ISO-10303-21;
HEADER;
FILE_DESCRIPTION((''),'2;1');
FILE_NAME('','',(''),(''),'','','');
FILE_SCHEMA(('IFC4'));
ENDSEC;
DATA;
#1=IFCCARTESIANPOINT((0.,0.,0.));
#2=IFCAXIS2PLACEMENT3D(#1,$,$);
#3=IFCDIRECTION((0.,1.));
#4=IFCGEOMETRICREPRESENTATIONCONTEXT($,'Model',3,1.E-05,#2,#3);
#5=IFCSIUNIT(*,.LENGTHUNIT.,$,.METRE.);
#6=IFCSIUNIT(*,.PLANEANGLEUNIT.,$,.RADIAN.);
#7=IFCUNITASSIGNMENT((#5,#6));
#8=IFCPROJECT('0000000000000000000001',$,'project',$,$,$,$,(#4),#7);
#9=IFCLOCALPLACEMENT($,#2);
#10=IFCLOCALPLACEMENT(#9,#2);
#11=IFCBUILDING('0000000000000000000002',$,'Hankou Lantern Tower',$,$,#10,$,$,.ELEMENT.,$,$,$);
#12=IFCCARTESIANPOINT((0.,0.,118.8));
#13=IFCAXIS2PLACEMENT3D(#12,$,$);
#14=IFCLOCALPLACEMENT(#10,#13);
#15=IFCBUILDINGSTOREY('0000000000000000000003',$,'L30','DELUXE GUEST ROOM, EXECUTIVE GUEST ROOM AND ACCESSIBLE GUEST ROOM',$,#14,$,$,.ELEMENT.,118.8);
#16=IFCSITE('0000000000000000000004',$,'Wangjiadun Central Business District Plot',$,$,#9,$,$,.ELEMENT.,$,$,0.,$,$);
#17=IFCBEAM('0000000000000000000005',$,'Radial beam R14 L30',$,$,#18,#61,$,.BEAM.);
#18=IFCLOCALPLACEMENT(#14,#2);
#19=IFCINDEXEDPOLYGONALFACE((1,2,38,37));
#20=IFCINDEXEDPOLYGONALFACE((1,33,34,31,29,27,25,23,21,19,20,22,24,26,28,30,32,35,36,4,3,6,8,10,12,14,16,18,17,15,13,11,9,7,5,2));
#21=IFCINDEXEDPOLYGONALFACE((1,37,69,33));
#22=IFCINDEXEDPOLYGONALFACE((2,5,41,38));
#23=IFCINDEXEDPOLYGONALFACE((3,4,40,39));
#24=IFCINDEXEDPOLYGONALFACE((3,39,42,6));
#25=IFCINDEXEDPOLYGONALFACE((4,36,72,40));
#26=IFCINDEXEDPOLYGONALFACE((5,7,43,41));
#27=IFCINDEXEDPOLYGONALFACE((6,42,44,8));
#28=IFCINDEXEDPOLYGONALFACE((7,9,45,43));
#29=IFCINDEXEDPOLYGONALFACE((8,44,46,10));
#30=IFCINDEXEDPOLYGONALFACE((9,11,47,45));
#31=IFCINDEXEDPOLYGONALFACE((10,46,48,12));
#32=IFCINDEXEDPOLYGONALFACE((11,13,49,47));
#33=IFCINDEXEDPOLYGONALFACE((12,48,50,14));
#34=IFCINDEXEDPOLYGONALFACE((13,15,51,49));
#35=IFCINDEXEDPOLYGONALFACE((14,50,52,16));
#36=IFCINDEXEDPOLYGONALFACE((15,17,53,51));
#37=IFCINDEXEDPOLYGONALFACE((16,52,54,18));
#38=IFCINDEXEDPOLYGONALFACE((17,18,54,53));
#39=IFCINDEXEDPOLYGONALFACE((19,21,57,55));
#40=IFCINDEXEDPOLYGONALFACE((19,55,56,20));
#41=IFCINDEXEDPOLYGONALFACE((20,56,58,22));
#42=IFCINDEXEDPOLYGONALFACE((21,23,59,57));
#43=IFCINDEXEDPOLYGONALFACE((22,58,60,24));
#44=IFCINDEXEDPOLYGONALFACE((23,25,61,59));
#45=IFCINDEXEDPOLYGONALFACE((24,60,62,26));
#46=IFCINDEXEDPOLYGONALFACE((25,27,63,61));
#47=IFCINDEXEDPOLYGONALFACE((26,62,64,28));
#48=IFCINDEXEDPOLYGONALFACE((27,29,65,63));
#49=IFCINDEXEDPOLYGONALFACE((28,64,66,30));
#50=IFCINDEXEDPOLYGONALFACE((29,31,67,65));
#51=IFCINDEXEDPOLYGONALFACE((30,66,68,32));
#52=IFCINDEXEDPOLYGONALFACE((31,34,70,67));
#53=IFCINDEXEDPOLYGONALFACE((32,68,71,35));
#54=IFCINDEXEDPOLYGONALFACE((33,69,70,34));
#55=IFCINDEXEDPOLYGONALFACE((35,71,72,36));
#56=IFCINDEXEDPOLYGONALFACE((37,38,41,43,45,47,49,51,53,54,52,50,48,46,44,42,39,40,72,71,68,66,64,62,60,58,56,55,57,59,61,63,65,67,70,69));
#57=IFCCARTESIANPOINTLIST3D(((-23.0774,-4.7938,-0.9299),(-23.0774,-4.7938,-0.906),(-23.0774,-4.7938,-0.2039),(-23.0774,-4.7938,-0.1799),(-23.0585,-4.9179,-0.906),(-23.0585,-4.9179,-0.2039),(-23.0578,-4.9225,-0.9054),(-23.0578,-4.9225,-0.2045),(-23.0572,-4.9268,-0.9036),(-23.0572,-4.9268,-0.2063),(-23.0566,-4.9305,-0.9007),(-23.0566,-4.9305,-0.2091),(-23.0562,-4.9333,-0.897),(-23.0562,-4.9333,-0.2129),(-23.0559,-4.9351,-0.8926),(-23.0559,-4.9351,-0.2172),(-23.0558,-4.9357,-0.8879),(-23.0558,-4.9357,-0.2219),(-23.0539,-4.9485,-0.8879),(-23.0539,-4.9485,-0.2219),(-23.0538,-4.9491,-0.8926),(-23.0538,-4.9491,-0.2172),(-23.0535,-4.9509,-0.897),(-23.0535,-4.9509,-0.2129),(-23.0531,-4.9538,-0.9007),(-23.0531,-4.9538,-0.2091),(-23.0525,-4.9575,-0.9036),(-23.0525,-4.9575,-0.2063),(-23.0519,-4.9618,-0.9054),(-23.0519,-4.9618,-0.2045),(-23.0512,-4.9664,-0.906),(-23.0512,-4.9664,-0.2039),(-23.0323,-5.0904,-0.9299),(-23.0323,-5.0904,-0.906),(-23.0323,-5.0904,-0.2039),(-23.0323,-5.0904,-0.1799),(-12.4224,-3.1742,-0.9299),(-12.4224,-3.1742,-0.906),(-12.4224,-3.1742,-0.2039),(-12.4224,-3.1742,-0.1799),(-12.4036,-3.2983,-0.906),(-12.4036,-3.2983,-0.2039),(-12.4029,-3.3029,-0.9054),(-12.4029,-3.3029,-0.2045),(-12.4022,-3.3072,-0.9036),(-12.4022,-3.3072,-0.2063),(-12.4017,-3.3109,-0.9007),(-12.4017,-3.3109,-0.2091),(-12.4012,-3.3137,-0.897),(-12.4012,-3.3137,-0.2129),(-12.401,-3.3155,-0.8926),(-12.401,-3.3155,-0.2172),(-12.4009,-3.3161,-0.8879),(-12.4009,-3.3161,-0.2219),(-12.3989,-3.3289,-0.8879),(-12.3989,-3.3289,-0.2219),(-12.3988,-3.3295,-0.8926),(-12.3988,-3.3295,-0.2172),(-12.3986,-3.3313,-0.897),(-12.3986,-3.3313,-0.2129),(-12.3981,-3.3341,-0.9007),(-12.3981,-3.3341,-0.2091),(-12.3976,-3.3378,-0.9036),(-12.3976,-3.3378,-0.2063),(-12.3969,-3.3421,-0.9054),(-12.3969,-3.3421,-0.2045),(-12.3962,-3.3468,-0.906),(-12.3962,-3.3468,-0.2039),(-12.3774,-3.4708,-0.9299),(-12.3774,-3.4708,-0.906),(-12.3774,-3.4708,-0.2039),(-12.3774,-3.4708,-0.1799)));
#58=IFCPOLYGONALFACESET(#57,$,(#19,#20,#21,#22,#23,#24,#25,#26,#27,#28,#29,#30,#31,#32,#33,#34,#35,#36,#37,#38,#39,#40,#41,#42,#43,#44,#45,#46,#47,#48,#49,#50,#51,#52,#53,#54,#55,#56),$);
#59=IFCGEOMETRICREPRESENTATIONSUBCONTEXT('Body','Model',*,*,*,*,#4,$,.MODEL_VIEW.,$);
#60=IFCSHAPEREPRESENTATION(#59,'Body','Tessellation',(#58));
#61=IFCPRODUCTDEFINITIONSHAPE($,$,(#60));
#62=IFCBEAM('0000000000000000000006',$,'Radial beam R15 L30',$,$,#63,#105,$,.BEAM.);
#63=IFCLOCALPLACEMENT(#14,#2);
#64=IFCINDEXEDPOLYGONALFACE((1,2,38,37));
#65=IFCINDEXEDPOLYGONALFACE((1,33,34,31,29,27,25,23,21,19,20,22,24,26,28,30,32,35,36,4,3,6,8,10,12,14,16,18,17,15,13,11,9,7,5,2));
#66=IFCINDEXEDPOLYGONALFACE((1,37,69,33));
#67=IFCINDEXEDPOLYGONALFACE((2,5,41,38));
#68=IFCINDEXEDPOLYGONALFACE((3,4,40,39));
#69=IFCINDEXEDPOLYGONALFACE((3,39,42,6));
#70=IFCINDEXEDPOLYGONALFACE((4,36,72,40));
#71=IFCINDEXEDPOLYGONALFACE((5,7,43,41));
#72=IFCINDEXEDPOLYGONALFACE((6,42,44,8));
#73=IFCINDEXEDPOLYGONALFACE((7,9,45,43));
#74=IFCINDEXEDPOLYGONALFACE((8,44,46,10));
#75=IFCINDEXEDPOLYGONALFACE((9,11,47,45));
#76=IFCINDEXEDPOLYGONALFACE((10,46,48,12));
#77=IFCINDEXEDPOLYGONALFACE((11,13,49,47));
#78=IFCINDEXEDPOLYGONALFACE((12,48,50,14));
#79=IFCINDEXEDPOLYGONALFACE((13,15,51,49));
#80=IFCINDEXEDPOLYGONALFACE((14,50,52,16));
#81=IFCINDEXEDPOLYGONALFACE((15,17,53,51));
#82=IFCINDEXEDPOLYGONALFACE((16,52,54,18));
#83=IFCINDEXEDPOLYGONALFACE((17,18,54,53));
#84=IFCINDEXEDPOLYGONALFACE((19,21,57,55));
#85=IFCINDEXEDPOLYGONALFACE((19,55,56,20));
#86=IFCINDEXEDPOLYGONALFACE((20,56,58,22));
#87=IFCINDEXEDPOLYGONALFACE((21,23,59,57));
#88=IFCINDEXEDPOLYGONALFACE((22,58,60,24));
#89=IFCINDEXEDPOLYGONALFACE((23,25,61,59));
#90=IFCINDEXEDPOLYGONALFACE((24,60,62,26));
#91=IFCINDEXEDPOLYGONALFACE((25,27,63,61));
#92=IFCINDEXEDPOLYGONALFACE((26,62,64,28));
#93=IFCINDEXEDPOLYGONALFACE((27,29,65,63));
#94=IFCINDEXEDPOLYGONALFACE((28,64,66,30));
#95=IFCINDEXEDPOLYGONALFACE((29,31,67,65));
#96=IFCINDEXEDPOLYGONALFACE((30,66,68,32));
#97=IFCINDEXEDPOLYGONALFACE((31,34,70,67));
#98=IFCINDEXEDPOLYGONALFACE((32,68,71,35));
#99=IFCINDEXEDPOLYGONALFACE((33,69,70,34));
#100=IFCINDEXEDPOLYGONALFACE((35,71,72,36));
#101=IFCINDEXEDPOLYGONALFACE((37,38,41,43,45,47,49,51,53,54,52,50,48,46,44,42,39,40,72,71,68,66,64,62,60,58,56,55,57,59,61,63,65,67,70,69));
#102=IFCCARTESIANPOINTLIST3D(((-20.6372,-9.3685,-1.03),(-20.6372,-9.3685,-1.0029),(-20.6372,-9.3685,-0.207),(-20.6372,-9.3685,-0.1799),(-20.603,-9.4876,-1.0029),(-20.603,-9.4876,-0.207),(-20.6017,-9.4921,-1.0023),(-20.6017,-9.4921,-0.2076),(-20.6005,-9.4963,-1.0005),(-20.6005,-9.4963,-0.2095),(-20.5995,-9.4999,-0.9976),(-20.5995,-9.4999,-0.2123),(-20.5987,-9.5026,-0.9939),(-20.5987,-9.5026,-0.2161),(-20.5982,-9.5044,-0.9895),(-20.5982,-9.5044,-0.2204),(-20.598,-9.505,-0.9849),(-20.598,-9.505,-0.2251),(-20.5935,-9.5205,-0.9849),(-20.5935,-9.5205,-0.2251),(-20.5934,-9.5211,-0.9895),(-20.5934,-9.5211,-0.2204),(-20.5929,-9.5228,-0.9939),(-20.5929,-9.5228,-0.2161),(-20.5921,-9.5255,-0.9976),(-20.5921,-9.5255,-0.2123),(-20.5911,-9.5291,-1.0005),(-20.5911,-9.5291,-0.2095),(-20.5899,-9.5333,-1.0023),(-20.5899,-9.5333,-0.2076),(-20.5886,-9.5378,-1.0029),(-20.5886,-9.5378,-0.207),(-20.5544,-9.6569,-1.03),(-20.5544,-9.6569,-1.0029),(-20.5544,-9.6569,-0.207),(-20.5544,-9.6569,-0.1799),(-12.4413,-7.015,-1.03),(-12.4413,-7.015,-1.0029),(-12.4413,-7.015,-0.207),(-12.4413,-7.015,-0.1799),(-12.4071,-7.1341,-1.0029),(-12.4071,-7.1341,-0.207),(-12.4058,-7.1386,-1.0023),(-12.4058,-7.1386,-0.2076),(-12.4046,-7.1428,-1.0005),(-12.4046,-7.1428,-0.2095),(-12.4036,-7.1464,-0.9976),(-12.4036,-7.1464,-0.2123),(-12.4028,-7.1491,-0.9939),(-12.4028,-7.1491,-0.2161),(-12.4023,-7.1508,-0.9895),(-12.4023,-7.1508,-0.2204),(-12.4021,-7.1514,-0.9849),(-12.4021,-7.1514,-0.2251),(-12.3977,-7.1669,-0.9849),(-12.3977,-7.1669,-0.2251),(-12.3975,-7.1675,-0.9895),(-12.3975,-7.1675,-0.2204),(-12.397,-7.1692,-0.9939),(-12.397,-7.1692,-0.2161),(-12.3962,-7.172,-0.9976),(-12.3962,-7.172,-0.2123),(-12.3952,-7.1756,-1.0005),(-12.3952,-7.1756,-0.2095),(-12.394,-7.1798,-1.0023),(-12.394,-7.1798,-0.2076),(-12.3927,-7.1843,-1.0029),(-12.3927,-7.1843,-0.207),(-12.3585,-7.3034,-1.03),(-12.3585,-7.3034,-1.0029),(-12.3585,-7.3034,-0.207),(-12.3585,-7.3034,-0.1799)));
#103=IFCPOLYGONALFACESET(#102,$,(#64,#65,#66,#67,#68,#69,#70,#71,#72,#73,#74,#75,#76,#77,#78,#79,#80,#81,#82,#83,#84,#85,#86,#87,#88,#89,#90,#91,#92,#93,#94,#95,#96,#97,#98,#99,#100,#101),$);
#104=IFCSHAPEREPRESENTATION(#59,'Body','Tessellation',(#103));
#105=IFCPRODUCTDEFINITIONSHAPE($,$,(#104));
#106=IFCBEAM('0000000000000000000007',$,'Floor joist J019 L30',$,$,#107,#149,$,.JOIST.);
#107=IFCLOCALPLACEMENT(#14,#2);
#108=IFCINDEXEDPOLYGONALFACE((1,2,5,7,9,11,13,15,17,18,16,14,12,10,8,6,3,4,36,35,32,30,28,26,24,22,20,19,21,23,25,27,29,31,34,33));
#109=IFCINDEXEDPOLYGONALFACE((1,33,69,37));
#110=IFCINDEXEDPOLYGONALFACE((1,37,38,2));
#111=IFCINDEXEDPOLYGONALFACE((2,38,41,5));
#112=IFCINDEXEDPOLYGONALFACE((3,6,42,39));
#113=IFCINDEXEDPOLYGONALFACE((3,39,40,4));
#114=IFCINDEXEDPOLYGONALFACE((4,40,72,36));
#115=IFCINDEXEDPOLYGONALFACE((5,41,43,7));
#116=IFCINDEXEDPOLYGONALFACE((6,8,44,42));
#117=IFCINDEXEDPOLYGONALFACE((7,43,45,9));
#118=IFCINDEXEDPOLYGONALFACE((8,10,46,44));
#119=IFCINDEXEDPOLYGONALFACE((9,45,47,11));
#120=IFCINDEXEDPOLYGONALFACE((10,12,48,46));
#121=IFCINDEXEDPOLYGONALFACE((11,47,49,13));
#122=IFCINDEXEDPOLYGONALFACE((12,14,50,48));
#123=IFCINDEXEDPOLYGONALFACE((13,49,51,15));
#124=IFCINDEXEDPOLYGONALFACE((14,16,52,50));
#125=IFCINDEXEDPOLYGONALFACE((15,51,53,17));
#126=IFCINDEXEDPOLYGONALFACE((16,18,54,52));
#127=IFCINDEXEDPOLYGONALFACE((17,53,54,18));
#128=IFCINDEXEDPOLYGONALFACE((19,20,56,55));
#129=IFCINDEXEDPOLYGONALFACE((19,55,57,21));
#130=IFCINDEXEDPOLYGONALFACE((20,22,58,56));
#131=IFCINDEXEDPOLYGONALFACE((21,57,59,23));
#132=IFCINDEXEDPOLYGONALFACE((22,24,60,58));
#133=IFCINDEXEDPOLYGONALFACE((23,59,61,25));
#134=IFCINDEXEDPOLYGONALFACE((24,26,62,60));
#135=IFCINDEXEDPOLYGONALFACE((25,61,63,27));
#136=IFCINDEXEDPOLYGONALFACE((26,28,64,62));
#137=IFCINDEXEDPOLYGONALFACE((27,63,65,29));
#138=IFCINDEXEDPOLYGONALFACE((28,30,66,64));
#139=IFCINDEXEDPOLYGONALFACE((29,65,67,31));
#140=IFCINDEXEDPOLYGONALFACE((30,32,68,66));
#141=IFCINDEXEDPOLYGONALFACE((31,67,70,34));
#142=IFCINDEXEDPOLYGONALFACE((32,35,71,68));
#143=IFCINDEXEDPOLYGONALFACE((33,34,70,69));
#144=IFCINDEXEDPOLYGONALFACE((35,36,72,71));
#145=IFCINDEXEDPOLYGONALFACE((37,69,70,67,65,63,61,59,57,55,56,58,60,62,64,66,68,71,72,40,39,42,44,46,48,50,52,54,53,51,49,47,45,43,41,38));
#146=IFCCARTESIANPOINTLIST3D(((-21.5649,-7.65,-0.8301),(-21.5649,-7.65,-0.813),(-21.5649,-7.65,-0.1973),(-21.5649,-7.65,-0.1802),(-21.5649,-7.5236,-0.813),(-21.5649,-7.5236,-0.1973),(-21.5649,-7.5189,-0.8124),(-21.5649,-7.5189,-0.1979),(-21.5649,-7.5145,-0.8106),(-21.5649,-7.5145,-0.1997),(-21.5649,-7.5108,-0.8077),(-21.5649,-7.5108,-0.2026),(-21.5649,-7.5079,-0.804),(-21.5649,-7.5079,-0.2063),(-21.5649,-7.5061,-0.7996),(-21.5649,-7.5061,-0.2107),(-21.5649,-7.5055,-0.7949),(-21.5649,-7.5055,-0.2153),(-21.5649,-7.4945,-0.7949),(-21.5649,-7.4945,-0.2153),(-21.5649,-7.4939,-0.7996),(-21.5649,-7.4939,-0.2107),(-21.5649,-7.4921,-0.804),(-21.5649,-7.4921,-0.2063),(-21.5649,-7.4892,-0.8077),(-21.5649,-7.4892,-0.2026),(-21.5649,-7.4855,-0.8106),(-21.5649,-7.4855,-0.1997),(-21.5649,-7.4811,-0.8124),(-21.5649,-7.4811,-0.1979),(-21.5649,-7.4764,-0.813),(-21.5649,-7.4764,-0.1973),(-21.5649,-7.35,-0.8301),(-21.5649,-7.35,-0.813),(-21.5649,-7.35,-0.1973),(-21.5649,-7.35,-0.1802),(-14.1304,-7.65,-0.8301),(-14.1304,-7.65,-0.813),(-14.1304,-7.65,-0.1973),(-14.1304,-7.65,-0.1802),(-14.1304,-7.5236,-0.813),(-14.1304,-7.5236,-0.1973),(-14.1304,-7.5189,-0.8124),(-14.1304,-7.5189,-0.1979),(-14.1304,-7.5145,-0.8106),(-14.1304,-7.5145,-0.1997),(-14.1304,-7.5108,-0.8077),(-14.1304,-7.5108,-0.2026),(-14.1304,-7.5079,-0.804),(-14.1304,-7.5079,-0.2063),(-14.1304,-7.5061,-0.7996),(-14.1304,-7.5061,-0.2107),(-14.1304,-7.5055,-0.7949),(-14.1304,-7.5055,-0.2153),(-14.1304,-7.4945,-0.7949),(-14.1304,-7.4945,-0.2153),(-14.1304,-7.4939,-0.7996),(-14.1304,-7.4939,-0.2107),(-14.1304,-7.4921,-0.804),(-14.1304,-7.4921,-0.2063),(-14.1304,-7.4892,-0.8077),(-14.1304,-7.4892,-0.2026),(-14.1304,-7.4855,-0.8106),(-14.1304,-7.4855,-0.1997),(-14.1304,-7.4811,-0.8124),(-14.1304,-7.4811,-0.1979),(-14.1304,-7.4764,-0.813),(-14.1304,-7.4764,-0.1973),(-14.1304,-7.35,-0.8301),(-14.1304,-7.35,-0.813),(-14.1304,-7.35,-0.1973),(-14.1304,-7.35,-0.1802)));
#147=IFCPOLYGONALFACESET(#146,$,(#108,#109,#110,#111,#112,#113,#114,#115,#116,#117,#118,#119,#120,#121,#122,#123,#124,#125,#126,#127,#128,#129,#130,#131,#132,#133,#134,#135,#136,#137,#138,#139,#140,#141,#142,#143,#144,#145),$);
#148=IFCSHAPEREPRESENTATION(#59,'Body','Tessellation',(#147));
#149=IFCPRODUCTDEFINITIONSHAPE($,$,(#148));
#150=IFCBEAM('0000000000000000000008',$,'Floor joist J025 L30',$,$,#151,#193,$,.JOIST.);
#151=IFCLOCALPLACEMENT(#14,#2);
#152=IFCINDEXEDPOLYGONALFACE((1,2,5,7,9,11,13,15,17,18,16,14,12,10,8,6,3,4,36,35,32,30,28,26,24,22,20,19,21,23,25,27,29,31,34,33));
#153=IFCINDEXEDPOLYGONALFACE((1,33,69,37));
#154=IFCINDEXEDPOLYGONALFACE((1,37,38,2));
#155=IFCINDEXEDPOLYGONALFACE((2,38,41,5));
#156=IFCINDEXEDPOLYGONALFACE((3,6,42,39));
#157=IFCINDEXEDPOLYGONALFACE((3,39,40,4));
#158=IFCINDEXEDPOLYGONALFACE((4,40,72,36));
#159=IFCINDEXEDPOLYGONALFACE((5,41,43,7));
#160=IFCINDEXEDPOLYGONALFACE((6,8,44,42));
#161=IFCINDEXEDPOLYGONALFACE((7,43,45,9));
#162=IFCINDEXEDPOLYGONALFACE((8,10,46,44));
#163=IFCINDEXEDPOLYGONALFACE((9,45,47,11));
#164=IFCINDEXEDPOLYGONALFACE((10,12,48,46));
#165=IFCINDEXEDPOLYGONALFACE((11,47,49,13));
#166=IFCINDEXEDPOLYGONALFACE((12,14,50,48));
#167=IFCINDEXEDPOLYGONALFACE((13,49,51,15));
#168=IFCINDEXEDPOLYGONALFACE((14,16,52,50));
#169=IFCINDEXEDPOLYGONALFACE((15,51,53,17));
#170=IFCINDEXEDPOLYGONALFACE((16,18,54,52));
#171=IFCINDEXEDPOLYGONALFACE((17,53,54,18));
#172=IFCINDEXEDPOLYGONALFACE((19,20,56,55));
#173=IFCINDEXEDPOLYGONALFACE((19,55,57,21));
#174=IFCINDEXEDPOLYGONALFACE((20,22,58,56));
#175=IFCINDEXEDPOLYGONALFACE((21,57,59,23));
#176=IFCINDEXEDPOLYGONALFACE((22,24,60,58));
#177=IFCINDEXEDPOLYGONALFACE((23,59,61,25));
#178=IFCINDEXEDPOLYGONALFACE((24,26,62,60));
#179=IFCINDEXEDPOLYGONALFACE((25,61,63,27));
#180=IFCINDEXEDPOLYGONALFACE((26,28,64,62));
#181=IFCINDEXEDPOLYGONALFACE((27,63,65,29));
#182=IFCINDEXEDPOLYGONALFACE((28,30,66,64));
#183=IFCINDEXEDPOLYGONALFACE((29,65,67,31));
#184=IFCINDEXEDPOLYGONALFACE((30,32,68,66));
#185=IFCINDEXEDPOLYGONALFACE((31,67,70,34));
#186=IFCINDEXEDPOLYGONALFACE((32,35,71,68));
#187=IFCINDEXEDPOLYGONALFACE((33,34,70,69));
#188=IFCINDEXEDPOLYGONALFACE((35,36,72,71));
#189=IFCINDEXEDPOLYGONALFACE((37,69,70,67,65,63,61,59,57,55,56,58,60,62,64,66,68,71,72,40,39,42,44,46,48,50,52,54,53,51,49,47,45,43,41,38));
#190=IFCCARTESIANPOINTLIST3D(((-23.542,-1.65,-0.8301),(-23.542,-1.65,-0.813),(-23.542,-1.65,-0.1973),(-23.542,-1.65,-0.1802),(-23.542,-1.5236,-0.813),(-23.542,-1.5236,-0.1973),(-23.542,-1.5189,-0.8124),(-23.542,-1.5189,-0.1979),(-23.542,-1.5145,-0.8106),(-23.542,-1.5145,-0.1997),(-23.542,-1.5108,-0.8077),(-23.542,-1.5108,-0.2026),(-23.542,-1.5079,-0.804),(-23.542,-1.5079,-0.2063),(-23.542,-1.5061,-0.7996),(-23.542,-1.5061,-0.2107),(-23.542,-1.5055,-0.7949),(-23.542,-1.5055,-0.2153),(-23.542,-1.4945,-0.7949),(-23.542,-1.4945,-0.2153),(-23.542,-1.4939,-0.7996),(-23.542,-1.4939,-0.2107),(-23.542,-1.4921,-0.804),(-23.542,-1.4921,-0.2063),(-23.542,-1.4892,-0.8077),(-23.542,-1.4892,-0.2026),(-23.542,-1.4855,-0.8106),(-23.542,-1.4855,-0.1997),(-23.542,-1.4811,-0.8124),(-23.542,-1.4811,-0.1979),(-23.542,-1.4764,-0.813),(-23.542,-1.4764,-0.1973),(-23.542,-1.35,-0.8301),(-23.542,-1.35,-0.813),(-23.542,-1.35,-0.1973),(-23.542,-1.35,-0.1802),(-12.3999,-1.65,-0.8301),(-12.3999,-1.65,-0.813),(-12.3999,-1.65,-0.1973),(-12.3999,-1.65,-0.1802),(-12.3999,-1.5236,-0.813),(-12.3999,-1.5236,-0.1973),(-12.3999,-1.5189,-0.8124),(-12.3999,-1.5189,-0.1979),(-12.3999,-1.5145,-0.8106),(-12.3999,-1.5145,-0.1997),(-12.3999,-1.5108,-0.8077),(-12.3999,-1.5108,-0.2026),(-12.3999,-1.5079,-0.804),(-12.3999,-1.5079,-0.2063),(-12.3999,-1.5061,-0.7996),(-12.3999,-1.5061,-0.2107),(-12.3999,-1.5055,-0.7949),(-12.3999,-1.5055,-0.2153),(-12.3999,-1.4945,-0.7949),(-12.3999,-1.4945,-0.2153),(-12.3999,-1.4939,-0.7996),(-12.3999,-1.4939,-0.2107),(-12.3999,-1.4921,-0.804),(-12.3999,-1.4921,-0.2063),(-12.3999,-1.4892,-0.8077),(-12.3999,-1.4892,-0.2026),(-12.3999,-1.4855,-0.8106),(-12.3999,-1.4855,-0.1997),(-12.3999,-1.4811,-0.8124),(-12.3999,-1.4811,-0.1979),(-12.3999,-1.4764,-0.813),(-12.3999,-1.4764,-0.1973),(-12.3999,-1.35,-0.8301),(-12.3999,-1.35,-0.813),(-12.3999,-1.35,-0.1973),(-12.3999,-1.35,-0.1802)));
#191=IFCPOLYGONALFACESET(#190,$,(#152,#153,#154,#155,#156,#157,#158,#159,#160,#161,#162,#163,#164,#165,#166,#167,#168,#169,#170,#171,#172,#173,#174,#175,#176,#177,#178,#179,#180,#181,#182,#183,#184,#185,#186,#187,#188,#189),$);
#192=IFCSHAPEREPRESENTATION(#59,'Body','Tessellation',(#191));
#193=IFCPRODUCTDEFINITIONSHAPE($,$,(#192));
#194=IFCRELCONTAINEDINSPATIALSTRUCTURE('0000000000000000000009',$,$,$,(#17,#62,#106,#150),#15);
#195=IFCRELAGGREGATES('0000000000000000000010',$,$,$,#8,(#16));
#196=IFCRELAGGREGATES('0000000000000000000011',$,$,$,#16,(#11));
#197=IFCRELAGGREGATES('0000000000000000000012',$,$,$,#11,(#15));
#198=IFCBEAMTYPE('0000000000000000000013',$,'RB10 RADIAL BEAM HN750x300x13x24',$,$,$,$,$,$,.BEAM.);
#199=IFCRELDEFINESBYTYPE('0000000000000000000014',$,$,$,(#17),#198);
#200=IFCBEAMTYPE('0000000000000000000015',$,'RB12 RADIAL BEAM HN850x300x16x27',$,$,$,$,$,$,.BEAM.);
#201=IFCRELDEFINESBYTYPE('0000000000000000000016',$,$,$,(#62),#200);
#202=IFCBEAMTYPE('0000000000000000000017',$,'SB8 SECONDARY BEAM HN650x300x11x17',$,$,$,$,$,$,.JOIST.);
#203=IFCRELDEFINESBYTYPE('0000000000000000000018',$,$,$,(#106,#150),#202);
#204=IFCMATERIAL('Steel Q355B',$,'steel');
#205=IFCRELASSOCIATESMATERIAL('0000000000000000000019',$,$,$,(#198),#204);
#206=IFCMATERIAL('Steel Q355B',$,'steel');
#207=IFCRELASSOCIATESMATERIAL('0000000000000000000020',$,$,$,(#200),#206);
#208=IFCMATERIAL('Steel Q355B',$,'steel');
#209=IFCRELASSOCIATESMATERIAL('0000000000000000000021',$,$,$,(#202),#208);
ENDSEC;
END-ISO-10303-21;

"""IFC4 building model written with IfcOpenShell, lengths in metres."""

from ifc_helpers import new_model, si_unit, direction, frame, origin, origin_2d, place, context, subcontext, project, spatial, i_section, extrude, material, material_profile, profile_set, type_object, element, save


model = new_model("IFC4")

# Units and contexts
model_context = context("Model", 3, precision=1e-05, world=origin(), true_north=direction((0.0, 1.0)))
body_context = subcontext(model_context, "Body", "Model", "MODEL_VIEW")
ifc_project = project(units=[si_unit("LENGTHUNIT", "METRE"), si_unit("PLANEANGLEUNIT", "RADIAN")], contexts=[model_context])

# Site, building, storey
site_placement = place(None, origin())
site = spatial("IfcSite", under=ifc_project, at=site_placement, Name="Wangjiadun Central Business District Plot", CompositionType="ELEMENT", RefElevation=0.0)
building_placement = place(site_placement, origin())
building = spatial("IfcBuilding", under=site, at=building_placement, Name="Hankou Lantern Tower", CompositionType="ELEMENT")
storey_placement = place(building_placement, frame((0.0, 0.0, 118.8)))
storey = spatial("IfcBuildingStorey", under=building, at=storey_placement, Name="L30", Description="DELUXE GUEST ROOM, EXECUTIVE GUEST ROOM AND ACCESSIBLE GUEST ROOM", CompositionType="ELEMENT", Elevation=118.8)

# Beams
ifc_material_1 = material(Name="Steel Q355B", Category="steel")
ifc_material_profile_1 = material_profile(ifc_material_1, i_section(OverallWidth=0.3, OverallDepth=0.75, WebThickness=0.0129, FlangeThickness=0.0239, FilletRadius=0.0181, at=origin_2d()), Name="HN750x300x13x24")
ifc_profile_set_1 = profile_set([ifc_material_profile_1], Name="Steel Q355B")
beam_type_1 = type_object("IfcBeamType", Name="RB10 RADIAL BEAM HN750x300x13x24", PredefinedType="BEAM", material=ifc_profile_set_1)
beam_1_placement = place(storey_placement, frame((-12.3999, -3.3225, -0.5549), z_axis=(-0.988644, -0.15028, 0.0), x_axis=(0.15028, -0.988644, 0.0)))
element("IfcBeam", 1, at=beam_1_placement, inside=storey, type_object=beam_type_1, Name="Radial beam R14 L30", PredefinedType="BEAM", context=body_context, shape_type="SweptSolid", body=[
    extrude(i_section(OverallWidth=0.3, OverallDepth=0.75, WebThickness=0.0129, FlangeThickness=0.0239, FilletRadius=0.0181, at=origin_2d()), origin(), (0.0, 0.0, 1.0), 10.7773),
])
ifc_material_2 = material(Name="Steel Q355B", Category="steel")
ifc_material_profile_2 = material_profile(ifc_material_2, i_section(OverallWidth=0.3, OverallDepth=0.8501, WebThickness=0.0161, FlangeThickness=0.0271, FilletRadius=0.0181, at=origin_2d()), Name="HN850x300x16x27")
ifc_profile_set_2 = profile_set([ifc_material_profile_2], Name="Steel Q355B")
beam_type_2 = type_object("IfcBeamType", Name="RB12 RADIAL BEAM HN850x300x16x27", PredefinedType="BEAM", material=ifc_profile_set_2)
beam_2_placement = place(storey_placement, frame((-12.3999, -7.1592, -0.605), z_axis=(-0.961156, -0.276007, 0.0), x_axis=(0.276007, -0.961156, 0.0)))
element("IfcBeam", 2, at=beam_2_placement, inside=storey, type_object=beam_type_2, Name="Radial beam R15 L30", PredefinedType="BEAM", context=body_context, shape_type="SweptSolid", body=[
    extrude(i_section(OverallWidth=0.3, OverallDepth=0.8501, WebThickness=0.0161, FlangeThickness=0.0271, FilletRadius=0.0181, at=origin_2d()), origin(), (0.0, 0.0, 1.0), 8.5271),
])
ifc_material_3 = material(Name="Steel Q355B", Category="steel")
ifc_material_profile_3 = material_profile(ifc_material_3, i_section(OverallWidth=0.3, OverallDepth=0.6499, WebThickness=0.011, FlangeThickness=0.0171, FilletRadius=0.0181, at=origin_2d()), Name="HN650x300x11x17")
ifc_profile_set_3 = profile_set([ifc_material_profile_3], Name="Steel Q355B")
beam_type_3 = type_object("IfcBeamType", Name="SB8 SECONDARY BEAM HN650x300x11x17", PredefinedType="JOIST", material=ifc_profile_set_3)
beam_3_placement = place(storey_placement, frame((-21.5649, -7.5, -0.5051), z_axis=(1.0, 0.0, 0.0), x_axis=(0.0, 1.0, 0.0)))
element("IfcBeam", 3, at=beam_3_placement, inside=storey, type_object=beam_type_3, Name="Floor joist J019 L30", PredefinedType="JOIST", context=body_context, shape_type="SweptSolid", body=[
    extrude(i_section(OverallWidth=0.3, OverallDepth=0.6499, WebThickness=0.011, FlangeThickness=0.0171, FilletRadius=0.0181, at=origin_2d()), origin(), (0.0, 0.0, 1.0), 7.4346),
])
beam_4_placement = place(storey_placement, frame((-23.542, -1.5, -0.5051), z_axis=(1.0, 0.0, 0.0), x_axis=(0.0, 1.0, 0.0)))
element("IfcBeam", 4, at=beam_4_placement, inside=storey, type_object=beam_type_3, Name="Floor joist J025 L30", PredefinedType="JOIST", context=body_context, shape_type="SweptSolid", body=[
    extrude(i_section(OverallWidth=0.3, OverallDepth=0.6499, WebThickness=0.011, FlangeThickness=0.0171, FilletRadius=0.0181, at=origin_2d()), origin(), (0.0, 0.0, 1.0), 11.1421),
])

save(model, "model.ifc")
